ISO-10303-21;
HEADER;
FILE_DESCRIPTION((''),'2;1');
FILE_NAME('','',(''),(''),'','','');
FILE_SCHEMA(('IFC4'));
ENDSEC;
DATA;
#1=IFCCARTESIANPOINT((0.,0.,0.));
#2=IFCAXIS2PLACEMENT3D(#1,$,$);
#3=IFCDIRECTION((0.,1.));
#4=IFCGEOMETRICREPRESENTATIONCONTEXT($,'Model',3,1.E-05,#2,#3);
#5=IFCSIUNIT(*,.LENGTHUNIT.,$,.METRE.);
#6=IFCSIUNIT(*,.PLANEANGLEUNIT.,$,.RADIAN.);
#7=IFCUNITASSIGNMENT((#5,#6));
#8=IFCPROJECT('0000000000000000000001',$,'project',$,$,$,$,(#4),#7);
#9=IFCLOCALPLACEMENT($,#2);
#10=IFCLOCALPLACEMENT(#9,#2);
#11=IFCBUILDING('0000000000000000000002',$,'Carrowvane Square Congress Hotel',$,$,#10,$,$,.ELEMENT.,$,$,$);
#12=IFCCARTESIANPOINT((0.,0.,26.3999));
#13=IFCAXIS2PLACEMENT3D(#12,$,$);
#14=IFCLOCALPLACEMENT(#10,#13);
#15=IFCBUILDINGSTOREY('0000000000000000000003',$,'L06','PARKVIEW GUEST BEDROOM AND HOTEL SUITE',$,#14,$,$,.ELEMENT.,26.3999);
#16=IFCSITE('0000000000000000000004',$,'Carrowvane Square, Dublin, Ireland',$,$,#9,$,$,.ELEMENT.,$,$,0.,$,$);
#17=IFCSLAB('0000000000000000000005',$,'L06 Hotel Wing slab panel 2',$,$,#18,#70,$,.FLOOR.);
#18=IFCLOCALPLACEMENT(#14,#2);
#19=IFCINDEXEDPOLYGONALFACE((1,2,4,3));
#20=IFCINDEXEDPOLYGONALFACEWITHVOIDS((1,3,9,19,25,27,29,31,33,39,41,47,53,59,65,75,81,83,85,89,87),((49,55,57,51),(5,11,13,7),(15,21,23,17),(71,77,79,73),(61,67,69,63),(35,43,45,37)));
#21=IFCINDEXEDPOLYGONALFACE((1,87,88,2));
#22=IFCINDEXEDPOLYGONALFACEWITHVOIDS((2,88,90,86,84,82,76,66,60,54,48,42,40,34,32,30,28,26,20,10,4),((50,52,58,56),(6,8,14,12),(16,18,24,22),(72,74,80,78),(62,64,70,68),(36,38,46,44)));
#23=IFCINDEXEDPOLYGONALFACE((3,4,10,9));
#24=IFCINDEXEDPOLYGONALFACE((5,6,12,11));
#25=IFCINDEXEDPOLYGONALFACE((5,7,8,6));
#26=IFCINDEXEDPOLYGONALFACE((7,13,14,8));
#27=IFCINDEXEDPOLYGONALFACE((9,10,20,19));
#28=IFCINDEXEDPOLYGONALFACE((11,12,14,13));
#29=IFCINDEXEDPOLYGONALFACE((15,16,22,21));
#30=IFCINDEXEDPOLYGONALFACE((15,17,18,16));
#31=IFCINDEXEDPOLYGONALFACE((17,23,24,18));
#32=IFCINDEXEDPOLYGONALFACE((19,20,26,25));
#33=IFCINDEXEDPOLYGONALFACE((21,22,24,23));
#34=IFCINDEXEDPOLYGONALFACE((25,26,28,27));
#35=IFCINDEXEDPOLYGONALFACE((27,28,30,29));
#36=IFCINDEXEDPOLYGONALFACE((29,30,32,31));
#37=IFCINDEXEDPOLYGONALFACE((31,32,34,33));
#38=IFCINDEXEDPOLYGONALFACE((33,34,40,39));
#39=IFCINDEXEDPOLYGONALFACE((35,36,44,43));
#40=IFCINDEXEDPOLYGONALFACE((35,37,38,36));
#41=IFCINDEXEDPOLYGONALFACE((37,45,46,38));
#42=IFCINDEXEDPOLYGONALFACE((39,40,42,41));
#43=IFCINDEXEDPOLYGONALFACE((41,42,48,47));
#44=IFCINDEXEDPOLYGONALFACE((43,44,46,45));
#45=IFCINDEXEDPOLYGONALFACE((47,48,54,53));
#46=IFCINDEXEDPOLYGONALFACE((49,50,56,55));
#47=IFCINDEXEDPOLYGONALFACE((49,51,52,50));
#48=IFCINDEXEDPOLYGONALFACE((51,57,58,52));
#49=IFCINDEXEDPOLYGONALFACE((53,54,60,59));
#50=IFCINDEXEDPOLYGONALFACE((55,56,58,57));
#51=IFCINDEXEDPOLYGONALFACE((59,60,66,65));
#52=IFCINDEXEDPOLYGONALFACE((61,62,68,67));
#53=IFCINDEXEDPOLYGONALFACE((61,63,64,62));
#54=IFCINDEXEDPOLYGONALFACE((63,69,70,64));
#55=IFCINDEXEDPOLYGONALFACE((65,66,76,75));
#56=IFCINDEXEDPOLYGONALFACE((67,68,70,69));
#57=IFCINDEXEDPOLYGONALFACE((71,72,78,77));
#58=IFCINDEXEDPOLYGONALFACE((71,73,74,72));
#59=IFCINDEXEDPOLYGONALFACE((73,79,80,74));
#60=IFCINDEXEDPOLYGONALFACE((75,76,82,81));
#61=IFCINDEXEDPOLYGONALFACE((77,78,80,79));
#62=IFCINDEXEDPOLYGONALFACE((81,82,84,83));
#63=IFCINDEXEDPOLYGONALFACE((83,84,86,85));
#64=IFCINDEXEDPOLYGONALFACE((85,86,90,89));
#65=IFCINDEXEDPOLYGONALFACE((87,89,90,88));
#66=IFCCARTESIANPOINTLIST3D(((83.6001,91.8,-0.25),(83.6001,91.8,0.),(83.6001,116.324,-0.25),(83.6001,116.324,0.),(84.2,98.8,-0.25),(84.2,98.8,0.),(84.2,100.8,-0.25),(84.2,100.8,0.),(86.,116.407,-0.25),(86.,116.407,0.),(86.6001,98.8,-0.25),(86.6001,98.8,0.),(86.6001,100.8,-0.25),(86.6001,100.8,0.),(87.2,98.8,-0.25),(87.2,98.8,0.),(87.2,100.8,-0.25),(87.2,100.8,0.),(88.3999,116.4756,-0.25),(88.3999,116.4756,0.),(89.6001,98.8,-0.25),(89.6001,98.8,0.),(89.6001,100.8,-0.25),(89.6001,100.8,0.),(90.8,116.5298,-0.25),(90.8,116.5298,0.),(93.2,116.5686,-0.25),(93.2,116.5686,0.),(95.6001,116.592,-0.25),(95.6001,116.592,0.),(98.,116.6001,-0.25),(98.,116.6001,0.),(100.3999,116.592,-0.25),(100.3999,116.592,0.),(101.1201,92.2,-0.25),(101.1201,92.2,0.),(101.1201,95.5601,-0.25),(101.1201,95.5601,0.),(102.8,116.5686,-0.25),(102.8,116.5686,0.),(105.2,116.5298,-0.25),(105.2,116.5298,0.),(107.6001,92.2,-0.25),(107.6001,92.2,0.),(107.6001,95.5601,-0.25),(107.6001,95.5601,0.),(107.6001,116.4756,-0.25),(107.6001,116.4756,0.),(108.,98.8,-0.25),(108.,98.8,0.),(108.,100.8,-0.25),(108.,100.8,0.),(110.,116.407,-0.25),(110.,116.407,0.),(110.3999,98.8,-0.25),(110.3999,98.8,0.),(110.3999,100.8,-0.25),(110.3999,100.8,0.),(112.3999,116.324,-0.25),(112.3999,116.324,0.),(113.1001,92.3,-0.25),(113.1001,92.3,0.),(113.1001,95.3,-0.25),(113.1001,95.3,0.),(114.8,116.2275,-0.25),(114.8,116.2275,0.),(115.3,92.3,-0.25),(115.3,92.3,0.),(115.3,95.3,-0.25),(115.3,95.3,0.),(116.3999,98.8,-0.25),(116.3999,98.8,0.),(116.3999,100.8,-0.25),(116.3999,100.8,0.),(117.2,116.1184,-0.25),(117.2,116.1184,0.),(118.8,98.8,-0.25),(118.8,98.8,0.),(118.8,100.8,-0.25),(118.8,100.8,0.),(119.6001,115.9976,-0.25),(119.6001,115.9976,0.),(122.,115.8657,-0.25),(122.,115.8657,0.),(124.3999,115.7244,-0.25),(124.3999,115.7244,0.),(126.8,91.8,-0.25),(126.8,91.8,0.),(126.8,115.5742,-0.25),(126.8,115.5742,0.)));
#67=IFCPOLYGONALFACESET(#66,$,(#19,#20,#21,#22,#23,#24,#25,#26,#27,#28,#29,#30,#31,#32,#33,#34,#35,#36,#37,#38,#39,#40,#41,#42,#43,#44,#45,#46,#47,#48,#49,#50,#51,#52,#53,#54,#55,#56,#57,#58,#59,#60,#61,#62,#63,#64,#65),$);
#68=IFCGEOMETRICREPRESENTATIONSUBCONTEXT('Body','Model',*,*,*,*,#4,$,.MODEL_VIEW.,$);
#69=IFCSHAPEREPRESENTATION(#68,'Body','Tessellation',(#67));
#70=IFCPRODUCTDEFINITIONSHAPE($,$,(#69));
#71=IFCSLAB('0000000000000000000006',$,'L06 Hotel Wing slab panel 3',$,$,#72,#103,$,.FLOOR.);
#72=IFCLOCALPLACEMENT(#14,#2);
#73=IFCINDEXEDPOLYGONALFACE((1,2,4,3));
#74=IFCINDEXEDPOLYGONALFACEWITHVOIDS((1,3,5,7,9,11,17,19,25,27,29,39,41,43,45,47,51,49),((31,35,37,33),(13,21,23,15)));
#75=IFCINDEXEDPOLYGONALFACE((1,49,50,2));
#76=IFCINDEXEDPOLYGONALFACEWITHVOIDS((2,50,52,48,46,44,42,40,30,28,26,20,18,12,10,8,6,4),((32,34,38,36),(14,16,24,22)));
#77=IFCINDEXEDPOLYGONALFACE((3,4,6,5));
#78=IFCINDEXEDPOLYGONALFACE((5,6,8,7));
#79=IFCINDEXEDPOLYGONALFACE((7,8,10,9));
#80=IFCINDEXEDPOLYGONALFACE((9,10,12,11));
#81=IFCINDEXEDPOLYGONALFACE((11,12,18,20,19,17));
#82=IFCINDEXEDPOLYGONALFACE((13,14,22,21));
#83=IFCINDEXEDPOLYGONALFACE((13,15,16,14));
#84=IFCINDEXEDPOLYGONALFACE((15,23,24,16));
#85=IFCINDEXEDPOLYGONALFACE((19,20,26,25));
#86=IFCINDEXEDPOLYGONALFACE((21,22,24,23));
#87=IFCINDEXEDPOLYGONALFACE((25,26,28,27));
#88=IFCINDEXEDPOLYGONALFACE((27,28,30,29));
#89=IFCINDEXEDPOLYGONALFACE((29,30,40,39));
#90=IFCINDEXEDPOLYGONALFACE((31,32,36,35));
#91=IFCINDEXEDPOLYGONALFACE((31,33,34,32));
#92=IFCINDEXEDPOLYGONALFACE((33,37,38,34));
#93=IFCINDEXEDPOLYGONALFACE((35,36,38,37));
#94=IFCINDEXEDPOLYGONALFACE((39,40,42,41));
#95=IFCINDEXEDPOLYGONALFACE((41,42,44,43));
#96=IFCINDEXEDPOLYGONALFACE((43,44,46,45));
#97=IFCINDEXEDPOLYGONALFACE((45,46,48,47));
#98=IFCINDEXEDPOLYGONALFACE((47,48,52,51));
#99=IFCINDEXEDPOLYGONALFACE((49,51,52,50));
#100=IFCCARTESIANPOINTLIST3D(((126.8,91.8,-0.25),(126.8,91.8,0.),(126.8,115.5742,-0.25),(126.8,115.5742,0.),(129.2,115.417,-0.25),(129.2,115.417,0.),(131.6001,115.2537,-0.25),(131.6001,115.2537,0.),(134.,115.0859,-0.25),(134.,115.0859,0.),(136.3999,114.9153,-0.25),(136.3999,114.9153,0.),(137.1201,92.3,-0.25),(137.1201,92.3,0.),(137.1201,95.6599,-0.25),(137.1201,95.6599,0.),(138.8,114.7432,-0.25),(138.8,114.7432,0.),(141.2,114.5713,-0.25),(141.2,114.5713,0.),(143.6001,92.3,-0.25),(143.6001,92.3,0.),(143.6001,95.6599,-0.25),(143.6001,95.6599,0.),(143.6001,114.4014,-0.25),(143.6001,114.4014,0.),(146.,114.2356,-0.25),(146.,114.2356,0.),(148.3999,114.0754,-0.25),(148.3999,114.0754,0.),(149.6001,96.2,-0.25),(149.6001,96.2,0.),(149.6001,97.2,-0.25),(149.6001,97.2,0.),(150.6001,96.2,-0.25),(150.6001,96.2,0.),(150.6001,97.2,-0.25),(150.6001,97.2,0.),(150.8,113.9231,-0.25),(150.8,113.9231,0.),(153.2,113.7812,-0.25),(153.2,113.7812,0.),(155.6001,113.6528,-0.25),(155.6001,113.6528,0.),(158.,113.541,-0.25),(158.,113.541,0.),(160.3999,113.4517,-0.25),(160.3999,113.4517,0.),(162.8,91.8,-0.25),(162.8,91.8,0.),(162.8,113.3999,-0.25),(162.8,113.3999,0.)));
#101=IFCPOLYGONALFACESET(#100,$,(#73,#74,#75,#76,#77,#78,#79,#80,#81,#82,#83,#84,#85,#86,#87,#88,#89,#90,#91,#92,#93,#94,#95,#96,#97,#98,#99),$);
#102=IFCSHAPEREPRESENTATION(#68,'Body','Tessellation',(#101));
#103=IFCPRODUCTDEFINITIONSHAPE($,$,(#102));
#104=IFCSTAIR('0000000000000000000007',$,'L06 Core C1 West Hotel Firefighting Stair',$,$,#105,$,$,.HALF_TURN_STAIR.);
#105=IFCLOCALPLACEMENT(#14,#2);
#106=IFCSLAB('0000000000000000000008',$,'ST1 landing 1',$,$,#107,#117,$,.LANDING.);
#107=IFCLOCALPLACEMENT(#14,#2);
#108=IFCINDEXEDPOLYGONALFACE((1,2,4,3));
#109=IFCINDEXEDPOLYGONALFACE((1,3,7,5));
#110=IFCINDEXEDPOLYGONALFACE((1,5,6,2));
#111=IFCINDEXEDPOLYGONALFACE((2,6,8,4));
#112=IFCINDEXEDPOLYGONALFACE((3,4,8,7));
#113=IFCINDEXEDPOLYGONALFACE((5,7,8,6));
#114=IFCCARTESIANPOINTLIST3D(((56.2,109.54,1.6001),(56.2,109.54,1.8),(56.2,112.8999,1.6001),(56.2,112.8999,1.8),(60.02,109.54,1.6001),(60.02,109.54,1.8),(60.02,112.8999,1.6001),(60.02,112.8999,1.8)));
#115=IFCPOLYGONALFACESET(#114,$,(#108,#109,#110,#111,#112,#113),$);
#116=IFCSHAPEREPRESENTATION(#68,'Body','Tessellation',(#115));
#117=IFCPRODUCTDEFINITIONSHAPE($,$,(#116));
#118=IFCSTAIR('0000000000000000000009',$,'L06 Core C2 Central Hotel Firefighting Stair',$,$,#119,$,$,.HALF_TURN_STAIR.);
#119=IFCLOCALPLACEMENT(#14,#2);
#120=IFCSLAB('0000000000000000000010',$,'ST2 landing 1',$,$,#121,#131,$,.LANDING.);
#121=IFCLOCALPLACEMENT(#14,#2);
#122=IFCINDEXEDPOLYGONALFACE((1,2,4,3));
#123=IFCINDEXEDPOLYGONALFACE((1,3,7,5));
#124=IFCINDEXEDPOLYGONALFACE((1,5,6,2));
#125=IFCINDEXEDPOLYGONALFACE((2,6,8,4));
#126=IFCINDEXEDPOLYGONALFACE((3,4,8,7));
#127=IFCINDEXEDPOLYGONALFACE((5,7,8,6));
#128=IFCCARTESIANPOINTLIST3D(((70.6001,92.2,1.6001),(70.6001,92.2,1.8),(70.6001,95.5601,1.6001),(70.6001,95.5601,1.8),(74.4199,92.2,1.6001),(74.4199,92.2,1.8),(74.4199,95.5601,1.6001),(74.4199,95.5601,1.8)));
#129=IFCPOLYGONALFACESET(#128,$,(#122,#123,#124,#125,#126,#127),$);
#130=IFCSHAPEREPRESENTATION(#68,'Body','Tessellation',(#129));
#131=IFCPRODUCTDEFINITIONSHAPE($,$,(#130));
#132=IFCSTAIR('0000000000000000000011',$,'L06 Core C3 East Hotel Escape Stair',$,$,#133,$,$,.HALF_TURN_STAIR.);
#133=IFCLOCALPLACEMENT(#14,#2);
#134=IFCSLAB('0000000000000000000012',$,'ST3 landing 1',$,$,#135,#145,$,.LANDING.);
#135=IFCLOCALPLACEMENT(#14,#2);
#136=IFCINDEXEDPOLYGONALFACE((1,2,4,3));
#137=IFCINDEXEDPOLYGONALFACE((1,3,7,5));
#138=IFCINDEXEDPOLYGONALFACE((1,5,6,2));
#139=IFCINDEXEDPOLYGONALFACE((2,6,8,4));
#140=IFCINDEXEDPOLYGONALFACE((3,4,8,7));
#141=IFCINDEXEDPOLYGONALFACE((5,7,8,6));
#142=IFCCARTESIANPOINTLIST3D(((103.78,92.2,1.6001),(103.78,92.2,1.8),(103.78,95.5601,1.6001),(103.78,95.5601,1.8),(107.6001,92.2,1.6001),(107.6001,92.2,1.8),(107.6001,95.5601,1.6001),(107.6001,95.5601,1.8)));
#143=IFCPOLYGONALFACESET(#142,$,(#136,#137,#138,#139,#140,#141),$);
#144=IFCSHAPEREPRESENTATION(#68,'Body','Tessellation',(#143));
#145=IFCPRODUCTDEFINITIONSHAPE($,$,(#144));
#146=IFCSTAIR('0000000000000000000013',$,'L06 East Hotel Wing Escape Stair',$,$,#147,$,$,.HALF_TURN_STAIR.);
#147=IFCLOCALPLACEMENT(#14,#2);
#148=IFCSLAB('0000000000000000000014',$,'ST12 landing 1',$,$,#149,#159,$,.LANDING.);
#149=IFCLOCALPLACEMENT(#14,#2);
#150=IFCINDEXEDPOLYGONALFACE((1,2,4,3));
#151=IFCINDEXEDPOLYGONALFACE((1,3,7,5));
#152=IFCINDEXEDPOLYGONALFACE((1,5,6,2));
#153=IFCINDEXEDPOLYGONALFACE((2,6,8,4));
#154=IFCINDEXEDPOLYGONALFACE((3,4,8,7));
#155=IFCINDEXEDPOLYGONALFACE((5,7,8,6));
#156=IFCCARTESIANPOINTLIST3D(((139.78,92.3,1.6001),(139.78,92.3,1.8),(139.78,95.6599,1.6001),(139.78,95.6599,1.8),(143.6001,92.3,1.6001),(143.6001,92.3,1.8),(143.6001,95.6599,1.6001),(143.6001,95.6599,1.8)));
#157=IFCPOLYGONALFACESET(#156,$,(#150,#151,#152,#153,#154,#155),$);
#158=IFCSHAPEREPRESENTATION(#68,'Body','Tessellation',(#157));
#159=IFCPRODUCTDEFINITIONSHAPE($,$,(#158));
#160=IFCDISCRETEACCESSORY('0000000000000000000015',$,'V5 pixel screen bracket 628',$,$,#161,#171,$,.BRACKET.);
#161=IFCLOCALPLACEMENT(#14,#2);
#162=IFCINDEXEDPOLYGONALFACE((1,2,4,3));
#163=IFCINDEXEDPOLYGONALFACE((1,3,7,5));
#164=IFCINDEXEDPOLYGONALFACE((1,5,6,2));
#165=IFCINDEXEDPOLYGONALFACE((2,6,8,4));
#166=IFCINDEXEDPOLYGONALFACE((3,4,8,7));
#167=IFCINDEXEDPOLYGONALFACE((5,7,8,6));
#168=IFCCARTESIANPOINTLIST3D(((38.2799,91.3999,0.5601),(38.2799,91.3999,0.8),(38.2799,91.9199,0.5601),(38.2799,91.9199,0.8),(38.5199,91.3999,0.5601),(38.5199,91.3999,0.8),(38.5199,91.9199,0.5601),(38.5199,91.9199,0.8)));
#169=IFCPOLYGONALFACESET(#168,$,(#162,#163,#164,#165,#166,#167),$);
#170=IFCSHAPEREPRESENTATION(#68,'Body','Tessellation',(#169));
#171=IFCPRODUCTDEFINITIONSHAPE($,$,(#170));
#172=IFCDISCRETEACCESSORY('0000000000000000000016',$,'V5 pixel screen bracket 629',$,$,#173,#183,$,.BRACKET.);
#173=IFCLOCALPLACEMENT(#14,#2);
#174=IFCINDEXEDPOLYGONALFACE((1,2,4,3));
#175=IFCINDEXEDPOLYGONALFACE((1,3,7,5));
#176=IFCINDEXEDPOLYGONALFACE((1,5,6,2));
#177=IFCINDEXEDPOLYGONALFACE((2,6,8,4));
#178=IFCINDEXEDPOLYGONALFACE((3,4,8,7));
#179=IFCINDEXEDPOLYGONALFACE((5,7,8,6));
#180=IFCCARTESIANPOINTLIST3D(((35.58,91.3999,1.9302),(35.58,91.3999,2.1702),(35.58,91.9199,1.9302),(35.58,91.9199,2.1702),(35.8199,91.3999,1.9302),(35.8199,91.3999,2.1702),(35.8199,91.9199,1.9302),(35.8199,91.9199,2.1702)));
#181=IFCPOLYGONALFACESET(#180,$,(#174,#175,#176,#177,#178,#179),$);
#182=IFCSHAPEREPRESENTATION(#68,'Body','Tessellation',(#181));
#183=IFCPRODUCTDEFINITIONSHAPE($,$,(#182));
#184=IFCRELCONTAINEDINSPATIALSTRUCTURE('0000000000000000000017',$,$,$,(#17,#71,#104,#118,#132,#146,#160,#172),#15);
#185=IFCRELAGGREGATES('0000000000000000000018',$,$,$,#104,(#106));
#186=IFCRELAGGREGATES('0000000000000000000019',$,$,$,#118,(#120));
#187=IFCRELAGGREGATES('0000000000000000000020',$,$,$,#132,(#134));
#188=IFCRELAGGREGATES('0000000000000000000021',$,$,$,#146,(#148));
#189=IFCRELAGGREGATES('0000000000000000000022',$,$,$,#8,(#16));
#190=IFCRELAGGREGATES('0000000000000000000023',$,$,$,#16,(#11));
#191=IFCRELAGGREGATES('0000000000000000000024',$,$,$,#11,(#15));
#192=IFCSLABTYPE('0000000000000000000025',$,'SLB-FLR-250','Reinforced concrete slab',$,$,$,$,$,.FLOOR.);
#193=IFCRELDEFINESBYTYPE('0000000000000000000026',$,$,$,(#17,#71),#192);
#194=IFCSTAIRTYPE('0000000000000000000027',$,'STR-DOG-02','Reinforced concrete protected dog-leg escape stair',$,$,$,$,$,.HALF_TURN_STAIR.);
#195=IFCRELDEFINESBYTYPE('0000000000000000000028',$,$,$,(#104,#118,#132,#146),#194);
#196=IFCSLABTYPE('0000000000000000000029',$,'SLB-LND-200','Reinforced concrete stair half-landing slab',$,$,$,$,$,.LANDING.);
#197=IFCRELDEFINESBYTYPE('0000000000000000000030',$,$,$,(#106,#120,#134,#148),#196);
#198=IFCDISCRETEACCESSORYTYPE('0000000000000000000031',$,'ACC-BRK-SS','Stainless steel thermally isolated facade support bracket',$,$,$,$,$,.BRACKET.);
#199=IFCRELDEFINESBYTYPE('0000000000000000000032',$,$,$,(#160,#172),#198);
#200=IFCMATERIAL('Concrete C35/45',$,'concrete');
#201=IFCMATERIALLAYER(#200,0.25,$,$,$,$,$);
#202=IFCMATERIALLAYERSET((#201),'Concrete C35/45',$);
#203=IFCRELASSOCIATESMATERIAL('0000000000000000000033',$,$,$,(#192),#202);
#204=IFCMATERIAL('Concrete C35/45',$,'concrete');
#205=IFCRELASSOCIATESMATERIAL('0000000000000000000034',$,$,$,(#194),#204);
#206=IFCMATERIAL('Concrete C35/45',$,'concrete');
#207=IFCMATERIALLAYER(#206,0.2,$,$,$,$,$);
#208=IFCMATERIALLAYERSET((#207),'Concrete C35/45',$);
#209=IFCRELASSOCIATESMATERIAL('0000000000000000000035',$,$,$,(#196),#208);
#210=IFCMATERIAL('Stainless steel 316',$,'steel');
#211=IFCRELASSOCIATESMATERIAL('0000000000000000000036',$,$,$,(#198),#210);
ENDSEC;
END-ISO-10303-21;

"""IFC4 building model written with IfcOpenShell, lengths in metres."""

from ifc_helpers import new_model, si_unit, direction, frame, origin, origin_2d, place, context, subcontext, project, spatial, polyline, rectangle, outline, extrude, material, layer, layer_set, type_object, element, aggregate, save


model = new_model("IFC4")

# Units and contexts
model_context = context("Model", 3, precision=1e-05, world=origin(), true_north=direction((0.0, 1.0)))
body_context = subcontext(model_context, "Body", "Model", "MODEL_VIEW")
ifc_project = project(units=[si_unit("LENGTHUNIT", "METRE"), si_unit("PLANEANGLEUNIT", "RADIAN")], contexts=[model_context])

# Site, building, storey
site_placement = place(None, origin())
site = spatial("IfcSite", under=ifc_project, at=site_placement, Name="Carrowvane Square, Dublin, Ireland", CompositionType="ELEMENT", RefElevation=0.0)
building_placement = place(site_placement, origin())
building = spatial("IfcBuilding", under=site, at=building_placement, Name="Carrowvane Square Congress Hotel", CompositionType="ELEMENT")
storey_placement = place(building_placement, frame((0.0, 0.0, 26.3999)))
storey = spatial("IfcBuildingStorey", under=building, at=storey_placement, Name="L06", Description="PARKVIEW GUEST BEDROOM AND HOTEL SUITE", CompositionType="ELEMENT", Elevation=26.3999)

# Slabs
ifc_material_1 = material(Name="Concrete C35/45", Category="concrete")
ifc_layer_1 = layer(ifc_material_1, 0.25)
ifc_layer_set_1 = layer_set([ifc_layer_1], Name="Concrete C35/45")
slab_type_1 = type_object("IfcSlabType", Name="SLB-FLR-250", Description="Reinforced concrete slab", PredefinedType="FLOOR", material=ifc_layer_set_1)
slab_1_placement = place(storey_placement, frame((0.0, 0.0, -0.25)))
element("IfcSlab", 1, at=slab_1_placement, inside=storey, type_object=slab_type_1, Name="L06 Hotel Wing slab panel 2", PredefinedType="FLOOR", context=body_context, shape_type="SweptSolid", body=[
    extrude(outline(polyline([(83.6001, 91.8), (126.8, 91.8), (126.8, 115.5742), (124.3999, 115.7244), (122.0, 115.8657), (119.6001, 115.9976), (117.2, 116.1184), (114.8, 116.2275), (112.3999, 116.324), (110.0, 116.407), (107.6001, 116.4756), (105.2, 116.5298), (102.8, 116.5686), (100.3999, 116.592), (98.0, 116.6001), (95.6001, 116.592), (93.2, 116.5686), (90.8, 116.5298), (88.3999, 116.4756), (86.0, 116.407), (83.6001, 116.324), (83.6001, 91.8)]), holes=[polyline([(101.1201, 92.2), (107.6001, 92.2), (107.6001, 95.5601), (101.1201, 95.5601), (101.1201, 92.2)]), polyline([(84.2, 98.8), (86.6001, 98.8), (86.6001, 100.8), (84.2, 100.8), (84.2, 98.8)]), polyline([(87.2, 98.8), (89.6001, 98.8), (89.6001, 100.8), (87.2, 100.8), (87.2, 98.8)]), polyline([(108.0, 98.8), (110.3999, 98.8), (110.3999, 100.8), (108.0, 100.8), (108.0, 98.8)]), polyline([(116.3999, 98.8), (118.8, 98.8), (118.8, 100.8), (116.3999, 100.8), (116.3999, 98.8)]), polyline([(113.1001, 92.3), (115.3, 92.3), (115.3, 95.3), (113.1001, 95.3), (113.1001, 92.3)])]), origin(), (0.0, 0.0, 1.0), 0.25),
])
slab_2_placement = place(storey_placement, frame((0.0, 0.0, -0.25)))
element("IfcSlab", 2, at=slab_2_placement, inside=storey, type_object=slab_type_1, Name="L06 Hotel Wing slab panel 3", PredefinedType="FLOOR", context=body_context, shape_type="SweptSolid", body=[
    extrude(outline(polyline([(126.8, 91.8), (162.8, 91.8), (162.8, 113.3999), (160.3999, 113.4517), (158.0, 113.541), (155.6001, 113.6528), (153.2, 113.7812), (150.8, 113.9231), (148.3999, 114.0754), (146.0, 114.2356), (143.6001, 114.4014), (141.2, 114.5713), (138.8, 114.7432), (136.3999, 114.9153), (134.0, 115.0859), (131.6001, 115.2537), (129.2, 115.417), (126.8, 115.5742), (126.8, 91.8)]), holes=[polyline([(137.1201, 92.3), (143.6001, 92.3), (143.6001, 95.6599), (137.1201, 95.6599), (137.1201, 92.3)]), polyline([(149.6001, 96.2), (150.6001, 96.2), (150.6001, 97.2), (149.6001, 97.2), (149.6001, 96.2)])]), origin(), (0.0, 0.0, 1.0), 0.25),
])

# Stairs, slabs
ifc_material_2 = material(Name="Concrete C35/45", Category="concrete")
stair_type = type_object("IfcStairType", Name="STR-DOG-02", Description="Reinforced concrete protected dog-leg escape stair", PredefinedType="HALF_TURN_STAIR", material=ifc_material_2)
stair_1_placement = place(storey_placement, origin())
stair_1 = element("IfcStair", 3, at=stair_1_placement, inside=storey, type_object=stair_type, Name="L06 Core C1 West Hotel Firefighting Stair", PredefinedType="HALF_TURN_STAIR")
ifc_material_3 = material(Name="Concrete C35/45", Category="concrete")
ifc_layer_2 = layer(ifc_material_3, 0.2)
ifc_layer_set_2 = layer_set([ifc_layer_2], Name="Concrete C35/45")
slab_type_2 = type_object("IfcSlabType", Name="SLB-LND-200", Description="Reinforced concrete stair half-landing slab", PredefinedType="LANDING", material=ifc_layer_set_2)
slab_3_placement = place(storey_placement, frame((0.0, 0.0, 1.6001)))
slab_3 = element("IfcSlab", 4, at=slab_3_placement, type_object=slab_type_2, Name="ST1 landing 1", PredefinedType="LANDING", context=body_context, shape_type="SweptSolid", body=[
    extrude(outline(polyline([(60.02, 112.8999), (56.2, 112.8999), (56.2, 109.54), (60.02, 109.54), (60.02, 112.8999)])), origin(), (0.0, 0.0, 1.0), 0.2),
])
aggregate(stair_1, [slab_3])
stair_2_placement = place(storey_placement, origin())
stair_2 = element("IfcStair", 5, at=stair_2_placement, inside=storey, type_object=stair_type, Name="L06 Core C2 Central Hotel Firefighting Stair", PredefinedType="HALF_TURN_STAIR")
slab_4_placement = place(storey_placement, frame((0.0, 0.0, 1.6001)))
slab_4 = element("IfcSlab", 6, at=slab_4_placement, type_object=slab_type_2, Name="ST2 landing 1", PredefinedType="LANDING", context=body_context, shape_type="SweptSolid", body=[
    extrude(outline(polyline([(74.4199, 95.5601), (70.6001, 95.5601), (70.6001, 92.2), (74.4199, 92.2), (74.4199, 95.5601)])), origin(), (0.0, 0.0, 1.0), 0.2),
])
aggregate(stair_2, [slab_4])
stair_3_placement = place(storey_placement, origin())
stair_3 = element("IfcStair", 7, at=stair_3_placement, inside=storey, type_object=stair_type, Name="L06 Core C3 East Hotel Escape Stair", PredefinedType="HALF_TURN_STAIR")
slab_5_placement = place(storey_placement, frame((0.0, 0.0, 1.6001)))
slab_5 = element("IfcSlab", 8, at=slab_5_placement, type_object=slab_type_2, Name="ST3 landing 1", PredefinedType="LANDING", context=body_context, shape_type="SweptSolid", body=[
    extrude(outline(polyline([(103.78, 92.2), (107.6001, 92.2), (107.6001, 95.5601), (103.78, 95.5601), (103.78, 92.2)])), origin(), (0.0, 0.0, 1.0), 0.2),
])
aggregate(stair_3, [slab_5])
stair_4_placement = place(storey_placement, origin())
stair_4 = element("IfcStair", 9, at=stair_4_placement, inside=storey, type_object=stair_type, Name="L06 East Hotel Wing Escape Stair", PredefinedType="HALF_TURN_STAIR")
slab_6_placement = place(storey_placement, frame((0.0, 0.0, 1.6001)))
slab_6 = element("IfcSlab", 10, at=slab_6_placement, type_object=slab_type_2, Name="ST12 landing 1", PredefinedType="LANDING", context=body_context, shape_type="SweptSolid", body=[
    extrude(outline(polyline([(139.78, 92.3), (143.6001, 92.3), (143.6001, 95.6599), (139.78, 95.6599), (139.78, 92.3)])), origin(), (0.0, 0.0, 1.0), 0.2),
])
aggregate(stair_4, [slab_6])

# Discrete accessories
ifc_material_4 = material(Name="Stainless steel 316", Category="steel")
discrete_accessory_type = type_object("IfcDiscreteAccessoryType", Name="ACC-BRK-SS", Description="Stainless steel thermally isolated facade support bracket", PredefinedType="BRACKET", material=ifc_material_4)
for number, where, z_axis, x_axis, name in (
    (11, (38.3999, 91.6599, 0.5601), (0.0, 0.0, 1.0), (-1.0, 0.0, 0.0), "V5 pixel screen bracket 628"),
    (12, (35.7, 91.6599, 1.9302), (0.0, 0.0, 1.0), (-1.0, 0.0, 0.0), "V5 pixel screen bracket 629"),
):
    element("IfcDiscreteAccessory", number, at=place(storey_placement, frame(where, z_axis=z_axis, x_axis=x_axis)), inside=storey, type_object=discrete_accessory_type, Name=name, PredefinedType="BRACKET", context=body_context, shape_type="SweptSolid", body=[
        extrude(rectangle(XDim=0.24, YDim=0.52, at=origin_2d()), origin(), (0.0, 0.0, 1.0), 0.24),
    ])

save(model, "model.ifc")
